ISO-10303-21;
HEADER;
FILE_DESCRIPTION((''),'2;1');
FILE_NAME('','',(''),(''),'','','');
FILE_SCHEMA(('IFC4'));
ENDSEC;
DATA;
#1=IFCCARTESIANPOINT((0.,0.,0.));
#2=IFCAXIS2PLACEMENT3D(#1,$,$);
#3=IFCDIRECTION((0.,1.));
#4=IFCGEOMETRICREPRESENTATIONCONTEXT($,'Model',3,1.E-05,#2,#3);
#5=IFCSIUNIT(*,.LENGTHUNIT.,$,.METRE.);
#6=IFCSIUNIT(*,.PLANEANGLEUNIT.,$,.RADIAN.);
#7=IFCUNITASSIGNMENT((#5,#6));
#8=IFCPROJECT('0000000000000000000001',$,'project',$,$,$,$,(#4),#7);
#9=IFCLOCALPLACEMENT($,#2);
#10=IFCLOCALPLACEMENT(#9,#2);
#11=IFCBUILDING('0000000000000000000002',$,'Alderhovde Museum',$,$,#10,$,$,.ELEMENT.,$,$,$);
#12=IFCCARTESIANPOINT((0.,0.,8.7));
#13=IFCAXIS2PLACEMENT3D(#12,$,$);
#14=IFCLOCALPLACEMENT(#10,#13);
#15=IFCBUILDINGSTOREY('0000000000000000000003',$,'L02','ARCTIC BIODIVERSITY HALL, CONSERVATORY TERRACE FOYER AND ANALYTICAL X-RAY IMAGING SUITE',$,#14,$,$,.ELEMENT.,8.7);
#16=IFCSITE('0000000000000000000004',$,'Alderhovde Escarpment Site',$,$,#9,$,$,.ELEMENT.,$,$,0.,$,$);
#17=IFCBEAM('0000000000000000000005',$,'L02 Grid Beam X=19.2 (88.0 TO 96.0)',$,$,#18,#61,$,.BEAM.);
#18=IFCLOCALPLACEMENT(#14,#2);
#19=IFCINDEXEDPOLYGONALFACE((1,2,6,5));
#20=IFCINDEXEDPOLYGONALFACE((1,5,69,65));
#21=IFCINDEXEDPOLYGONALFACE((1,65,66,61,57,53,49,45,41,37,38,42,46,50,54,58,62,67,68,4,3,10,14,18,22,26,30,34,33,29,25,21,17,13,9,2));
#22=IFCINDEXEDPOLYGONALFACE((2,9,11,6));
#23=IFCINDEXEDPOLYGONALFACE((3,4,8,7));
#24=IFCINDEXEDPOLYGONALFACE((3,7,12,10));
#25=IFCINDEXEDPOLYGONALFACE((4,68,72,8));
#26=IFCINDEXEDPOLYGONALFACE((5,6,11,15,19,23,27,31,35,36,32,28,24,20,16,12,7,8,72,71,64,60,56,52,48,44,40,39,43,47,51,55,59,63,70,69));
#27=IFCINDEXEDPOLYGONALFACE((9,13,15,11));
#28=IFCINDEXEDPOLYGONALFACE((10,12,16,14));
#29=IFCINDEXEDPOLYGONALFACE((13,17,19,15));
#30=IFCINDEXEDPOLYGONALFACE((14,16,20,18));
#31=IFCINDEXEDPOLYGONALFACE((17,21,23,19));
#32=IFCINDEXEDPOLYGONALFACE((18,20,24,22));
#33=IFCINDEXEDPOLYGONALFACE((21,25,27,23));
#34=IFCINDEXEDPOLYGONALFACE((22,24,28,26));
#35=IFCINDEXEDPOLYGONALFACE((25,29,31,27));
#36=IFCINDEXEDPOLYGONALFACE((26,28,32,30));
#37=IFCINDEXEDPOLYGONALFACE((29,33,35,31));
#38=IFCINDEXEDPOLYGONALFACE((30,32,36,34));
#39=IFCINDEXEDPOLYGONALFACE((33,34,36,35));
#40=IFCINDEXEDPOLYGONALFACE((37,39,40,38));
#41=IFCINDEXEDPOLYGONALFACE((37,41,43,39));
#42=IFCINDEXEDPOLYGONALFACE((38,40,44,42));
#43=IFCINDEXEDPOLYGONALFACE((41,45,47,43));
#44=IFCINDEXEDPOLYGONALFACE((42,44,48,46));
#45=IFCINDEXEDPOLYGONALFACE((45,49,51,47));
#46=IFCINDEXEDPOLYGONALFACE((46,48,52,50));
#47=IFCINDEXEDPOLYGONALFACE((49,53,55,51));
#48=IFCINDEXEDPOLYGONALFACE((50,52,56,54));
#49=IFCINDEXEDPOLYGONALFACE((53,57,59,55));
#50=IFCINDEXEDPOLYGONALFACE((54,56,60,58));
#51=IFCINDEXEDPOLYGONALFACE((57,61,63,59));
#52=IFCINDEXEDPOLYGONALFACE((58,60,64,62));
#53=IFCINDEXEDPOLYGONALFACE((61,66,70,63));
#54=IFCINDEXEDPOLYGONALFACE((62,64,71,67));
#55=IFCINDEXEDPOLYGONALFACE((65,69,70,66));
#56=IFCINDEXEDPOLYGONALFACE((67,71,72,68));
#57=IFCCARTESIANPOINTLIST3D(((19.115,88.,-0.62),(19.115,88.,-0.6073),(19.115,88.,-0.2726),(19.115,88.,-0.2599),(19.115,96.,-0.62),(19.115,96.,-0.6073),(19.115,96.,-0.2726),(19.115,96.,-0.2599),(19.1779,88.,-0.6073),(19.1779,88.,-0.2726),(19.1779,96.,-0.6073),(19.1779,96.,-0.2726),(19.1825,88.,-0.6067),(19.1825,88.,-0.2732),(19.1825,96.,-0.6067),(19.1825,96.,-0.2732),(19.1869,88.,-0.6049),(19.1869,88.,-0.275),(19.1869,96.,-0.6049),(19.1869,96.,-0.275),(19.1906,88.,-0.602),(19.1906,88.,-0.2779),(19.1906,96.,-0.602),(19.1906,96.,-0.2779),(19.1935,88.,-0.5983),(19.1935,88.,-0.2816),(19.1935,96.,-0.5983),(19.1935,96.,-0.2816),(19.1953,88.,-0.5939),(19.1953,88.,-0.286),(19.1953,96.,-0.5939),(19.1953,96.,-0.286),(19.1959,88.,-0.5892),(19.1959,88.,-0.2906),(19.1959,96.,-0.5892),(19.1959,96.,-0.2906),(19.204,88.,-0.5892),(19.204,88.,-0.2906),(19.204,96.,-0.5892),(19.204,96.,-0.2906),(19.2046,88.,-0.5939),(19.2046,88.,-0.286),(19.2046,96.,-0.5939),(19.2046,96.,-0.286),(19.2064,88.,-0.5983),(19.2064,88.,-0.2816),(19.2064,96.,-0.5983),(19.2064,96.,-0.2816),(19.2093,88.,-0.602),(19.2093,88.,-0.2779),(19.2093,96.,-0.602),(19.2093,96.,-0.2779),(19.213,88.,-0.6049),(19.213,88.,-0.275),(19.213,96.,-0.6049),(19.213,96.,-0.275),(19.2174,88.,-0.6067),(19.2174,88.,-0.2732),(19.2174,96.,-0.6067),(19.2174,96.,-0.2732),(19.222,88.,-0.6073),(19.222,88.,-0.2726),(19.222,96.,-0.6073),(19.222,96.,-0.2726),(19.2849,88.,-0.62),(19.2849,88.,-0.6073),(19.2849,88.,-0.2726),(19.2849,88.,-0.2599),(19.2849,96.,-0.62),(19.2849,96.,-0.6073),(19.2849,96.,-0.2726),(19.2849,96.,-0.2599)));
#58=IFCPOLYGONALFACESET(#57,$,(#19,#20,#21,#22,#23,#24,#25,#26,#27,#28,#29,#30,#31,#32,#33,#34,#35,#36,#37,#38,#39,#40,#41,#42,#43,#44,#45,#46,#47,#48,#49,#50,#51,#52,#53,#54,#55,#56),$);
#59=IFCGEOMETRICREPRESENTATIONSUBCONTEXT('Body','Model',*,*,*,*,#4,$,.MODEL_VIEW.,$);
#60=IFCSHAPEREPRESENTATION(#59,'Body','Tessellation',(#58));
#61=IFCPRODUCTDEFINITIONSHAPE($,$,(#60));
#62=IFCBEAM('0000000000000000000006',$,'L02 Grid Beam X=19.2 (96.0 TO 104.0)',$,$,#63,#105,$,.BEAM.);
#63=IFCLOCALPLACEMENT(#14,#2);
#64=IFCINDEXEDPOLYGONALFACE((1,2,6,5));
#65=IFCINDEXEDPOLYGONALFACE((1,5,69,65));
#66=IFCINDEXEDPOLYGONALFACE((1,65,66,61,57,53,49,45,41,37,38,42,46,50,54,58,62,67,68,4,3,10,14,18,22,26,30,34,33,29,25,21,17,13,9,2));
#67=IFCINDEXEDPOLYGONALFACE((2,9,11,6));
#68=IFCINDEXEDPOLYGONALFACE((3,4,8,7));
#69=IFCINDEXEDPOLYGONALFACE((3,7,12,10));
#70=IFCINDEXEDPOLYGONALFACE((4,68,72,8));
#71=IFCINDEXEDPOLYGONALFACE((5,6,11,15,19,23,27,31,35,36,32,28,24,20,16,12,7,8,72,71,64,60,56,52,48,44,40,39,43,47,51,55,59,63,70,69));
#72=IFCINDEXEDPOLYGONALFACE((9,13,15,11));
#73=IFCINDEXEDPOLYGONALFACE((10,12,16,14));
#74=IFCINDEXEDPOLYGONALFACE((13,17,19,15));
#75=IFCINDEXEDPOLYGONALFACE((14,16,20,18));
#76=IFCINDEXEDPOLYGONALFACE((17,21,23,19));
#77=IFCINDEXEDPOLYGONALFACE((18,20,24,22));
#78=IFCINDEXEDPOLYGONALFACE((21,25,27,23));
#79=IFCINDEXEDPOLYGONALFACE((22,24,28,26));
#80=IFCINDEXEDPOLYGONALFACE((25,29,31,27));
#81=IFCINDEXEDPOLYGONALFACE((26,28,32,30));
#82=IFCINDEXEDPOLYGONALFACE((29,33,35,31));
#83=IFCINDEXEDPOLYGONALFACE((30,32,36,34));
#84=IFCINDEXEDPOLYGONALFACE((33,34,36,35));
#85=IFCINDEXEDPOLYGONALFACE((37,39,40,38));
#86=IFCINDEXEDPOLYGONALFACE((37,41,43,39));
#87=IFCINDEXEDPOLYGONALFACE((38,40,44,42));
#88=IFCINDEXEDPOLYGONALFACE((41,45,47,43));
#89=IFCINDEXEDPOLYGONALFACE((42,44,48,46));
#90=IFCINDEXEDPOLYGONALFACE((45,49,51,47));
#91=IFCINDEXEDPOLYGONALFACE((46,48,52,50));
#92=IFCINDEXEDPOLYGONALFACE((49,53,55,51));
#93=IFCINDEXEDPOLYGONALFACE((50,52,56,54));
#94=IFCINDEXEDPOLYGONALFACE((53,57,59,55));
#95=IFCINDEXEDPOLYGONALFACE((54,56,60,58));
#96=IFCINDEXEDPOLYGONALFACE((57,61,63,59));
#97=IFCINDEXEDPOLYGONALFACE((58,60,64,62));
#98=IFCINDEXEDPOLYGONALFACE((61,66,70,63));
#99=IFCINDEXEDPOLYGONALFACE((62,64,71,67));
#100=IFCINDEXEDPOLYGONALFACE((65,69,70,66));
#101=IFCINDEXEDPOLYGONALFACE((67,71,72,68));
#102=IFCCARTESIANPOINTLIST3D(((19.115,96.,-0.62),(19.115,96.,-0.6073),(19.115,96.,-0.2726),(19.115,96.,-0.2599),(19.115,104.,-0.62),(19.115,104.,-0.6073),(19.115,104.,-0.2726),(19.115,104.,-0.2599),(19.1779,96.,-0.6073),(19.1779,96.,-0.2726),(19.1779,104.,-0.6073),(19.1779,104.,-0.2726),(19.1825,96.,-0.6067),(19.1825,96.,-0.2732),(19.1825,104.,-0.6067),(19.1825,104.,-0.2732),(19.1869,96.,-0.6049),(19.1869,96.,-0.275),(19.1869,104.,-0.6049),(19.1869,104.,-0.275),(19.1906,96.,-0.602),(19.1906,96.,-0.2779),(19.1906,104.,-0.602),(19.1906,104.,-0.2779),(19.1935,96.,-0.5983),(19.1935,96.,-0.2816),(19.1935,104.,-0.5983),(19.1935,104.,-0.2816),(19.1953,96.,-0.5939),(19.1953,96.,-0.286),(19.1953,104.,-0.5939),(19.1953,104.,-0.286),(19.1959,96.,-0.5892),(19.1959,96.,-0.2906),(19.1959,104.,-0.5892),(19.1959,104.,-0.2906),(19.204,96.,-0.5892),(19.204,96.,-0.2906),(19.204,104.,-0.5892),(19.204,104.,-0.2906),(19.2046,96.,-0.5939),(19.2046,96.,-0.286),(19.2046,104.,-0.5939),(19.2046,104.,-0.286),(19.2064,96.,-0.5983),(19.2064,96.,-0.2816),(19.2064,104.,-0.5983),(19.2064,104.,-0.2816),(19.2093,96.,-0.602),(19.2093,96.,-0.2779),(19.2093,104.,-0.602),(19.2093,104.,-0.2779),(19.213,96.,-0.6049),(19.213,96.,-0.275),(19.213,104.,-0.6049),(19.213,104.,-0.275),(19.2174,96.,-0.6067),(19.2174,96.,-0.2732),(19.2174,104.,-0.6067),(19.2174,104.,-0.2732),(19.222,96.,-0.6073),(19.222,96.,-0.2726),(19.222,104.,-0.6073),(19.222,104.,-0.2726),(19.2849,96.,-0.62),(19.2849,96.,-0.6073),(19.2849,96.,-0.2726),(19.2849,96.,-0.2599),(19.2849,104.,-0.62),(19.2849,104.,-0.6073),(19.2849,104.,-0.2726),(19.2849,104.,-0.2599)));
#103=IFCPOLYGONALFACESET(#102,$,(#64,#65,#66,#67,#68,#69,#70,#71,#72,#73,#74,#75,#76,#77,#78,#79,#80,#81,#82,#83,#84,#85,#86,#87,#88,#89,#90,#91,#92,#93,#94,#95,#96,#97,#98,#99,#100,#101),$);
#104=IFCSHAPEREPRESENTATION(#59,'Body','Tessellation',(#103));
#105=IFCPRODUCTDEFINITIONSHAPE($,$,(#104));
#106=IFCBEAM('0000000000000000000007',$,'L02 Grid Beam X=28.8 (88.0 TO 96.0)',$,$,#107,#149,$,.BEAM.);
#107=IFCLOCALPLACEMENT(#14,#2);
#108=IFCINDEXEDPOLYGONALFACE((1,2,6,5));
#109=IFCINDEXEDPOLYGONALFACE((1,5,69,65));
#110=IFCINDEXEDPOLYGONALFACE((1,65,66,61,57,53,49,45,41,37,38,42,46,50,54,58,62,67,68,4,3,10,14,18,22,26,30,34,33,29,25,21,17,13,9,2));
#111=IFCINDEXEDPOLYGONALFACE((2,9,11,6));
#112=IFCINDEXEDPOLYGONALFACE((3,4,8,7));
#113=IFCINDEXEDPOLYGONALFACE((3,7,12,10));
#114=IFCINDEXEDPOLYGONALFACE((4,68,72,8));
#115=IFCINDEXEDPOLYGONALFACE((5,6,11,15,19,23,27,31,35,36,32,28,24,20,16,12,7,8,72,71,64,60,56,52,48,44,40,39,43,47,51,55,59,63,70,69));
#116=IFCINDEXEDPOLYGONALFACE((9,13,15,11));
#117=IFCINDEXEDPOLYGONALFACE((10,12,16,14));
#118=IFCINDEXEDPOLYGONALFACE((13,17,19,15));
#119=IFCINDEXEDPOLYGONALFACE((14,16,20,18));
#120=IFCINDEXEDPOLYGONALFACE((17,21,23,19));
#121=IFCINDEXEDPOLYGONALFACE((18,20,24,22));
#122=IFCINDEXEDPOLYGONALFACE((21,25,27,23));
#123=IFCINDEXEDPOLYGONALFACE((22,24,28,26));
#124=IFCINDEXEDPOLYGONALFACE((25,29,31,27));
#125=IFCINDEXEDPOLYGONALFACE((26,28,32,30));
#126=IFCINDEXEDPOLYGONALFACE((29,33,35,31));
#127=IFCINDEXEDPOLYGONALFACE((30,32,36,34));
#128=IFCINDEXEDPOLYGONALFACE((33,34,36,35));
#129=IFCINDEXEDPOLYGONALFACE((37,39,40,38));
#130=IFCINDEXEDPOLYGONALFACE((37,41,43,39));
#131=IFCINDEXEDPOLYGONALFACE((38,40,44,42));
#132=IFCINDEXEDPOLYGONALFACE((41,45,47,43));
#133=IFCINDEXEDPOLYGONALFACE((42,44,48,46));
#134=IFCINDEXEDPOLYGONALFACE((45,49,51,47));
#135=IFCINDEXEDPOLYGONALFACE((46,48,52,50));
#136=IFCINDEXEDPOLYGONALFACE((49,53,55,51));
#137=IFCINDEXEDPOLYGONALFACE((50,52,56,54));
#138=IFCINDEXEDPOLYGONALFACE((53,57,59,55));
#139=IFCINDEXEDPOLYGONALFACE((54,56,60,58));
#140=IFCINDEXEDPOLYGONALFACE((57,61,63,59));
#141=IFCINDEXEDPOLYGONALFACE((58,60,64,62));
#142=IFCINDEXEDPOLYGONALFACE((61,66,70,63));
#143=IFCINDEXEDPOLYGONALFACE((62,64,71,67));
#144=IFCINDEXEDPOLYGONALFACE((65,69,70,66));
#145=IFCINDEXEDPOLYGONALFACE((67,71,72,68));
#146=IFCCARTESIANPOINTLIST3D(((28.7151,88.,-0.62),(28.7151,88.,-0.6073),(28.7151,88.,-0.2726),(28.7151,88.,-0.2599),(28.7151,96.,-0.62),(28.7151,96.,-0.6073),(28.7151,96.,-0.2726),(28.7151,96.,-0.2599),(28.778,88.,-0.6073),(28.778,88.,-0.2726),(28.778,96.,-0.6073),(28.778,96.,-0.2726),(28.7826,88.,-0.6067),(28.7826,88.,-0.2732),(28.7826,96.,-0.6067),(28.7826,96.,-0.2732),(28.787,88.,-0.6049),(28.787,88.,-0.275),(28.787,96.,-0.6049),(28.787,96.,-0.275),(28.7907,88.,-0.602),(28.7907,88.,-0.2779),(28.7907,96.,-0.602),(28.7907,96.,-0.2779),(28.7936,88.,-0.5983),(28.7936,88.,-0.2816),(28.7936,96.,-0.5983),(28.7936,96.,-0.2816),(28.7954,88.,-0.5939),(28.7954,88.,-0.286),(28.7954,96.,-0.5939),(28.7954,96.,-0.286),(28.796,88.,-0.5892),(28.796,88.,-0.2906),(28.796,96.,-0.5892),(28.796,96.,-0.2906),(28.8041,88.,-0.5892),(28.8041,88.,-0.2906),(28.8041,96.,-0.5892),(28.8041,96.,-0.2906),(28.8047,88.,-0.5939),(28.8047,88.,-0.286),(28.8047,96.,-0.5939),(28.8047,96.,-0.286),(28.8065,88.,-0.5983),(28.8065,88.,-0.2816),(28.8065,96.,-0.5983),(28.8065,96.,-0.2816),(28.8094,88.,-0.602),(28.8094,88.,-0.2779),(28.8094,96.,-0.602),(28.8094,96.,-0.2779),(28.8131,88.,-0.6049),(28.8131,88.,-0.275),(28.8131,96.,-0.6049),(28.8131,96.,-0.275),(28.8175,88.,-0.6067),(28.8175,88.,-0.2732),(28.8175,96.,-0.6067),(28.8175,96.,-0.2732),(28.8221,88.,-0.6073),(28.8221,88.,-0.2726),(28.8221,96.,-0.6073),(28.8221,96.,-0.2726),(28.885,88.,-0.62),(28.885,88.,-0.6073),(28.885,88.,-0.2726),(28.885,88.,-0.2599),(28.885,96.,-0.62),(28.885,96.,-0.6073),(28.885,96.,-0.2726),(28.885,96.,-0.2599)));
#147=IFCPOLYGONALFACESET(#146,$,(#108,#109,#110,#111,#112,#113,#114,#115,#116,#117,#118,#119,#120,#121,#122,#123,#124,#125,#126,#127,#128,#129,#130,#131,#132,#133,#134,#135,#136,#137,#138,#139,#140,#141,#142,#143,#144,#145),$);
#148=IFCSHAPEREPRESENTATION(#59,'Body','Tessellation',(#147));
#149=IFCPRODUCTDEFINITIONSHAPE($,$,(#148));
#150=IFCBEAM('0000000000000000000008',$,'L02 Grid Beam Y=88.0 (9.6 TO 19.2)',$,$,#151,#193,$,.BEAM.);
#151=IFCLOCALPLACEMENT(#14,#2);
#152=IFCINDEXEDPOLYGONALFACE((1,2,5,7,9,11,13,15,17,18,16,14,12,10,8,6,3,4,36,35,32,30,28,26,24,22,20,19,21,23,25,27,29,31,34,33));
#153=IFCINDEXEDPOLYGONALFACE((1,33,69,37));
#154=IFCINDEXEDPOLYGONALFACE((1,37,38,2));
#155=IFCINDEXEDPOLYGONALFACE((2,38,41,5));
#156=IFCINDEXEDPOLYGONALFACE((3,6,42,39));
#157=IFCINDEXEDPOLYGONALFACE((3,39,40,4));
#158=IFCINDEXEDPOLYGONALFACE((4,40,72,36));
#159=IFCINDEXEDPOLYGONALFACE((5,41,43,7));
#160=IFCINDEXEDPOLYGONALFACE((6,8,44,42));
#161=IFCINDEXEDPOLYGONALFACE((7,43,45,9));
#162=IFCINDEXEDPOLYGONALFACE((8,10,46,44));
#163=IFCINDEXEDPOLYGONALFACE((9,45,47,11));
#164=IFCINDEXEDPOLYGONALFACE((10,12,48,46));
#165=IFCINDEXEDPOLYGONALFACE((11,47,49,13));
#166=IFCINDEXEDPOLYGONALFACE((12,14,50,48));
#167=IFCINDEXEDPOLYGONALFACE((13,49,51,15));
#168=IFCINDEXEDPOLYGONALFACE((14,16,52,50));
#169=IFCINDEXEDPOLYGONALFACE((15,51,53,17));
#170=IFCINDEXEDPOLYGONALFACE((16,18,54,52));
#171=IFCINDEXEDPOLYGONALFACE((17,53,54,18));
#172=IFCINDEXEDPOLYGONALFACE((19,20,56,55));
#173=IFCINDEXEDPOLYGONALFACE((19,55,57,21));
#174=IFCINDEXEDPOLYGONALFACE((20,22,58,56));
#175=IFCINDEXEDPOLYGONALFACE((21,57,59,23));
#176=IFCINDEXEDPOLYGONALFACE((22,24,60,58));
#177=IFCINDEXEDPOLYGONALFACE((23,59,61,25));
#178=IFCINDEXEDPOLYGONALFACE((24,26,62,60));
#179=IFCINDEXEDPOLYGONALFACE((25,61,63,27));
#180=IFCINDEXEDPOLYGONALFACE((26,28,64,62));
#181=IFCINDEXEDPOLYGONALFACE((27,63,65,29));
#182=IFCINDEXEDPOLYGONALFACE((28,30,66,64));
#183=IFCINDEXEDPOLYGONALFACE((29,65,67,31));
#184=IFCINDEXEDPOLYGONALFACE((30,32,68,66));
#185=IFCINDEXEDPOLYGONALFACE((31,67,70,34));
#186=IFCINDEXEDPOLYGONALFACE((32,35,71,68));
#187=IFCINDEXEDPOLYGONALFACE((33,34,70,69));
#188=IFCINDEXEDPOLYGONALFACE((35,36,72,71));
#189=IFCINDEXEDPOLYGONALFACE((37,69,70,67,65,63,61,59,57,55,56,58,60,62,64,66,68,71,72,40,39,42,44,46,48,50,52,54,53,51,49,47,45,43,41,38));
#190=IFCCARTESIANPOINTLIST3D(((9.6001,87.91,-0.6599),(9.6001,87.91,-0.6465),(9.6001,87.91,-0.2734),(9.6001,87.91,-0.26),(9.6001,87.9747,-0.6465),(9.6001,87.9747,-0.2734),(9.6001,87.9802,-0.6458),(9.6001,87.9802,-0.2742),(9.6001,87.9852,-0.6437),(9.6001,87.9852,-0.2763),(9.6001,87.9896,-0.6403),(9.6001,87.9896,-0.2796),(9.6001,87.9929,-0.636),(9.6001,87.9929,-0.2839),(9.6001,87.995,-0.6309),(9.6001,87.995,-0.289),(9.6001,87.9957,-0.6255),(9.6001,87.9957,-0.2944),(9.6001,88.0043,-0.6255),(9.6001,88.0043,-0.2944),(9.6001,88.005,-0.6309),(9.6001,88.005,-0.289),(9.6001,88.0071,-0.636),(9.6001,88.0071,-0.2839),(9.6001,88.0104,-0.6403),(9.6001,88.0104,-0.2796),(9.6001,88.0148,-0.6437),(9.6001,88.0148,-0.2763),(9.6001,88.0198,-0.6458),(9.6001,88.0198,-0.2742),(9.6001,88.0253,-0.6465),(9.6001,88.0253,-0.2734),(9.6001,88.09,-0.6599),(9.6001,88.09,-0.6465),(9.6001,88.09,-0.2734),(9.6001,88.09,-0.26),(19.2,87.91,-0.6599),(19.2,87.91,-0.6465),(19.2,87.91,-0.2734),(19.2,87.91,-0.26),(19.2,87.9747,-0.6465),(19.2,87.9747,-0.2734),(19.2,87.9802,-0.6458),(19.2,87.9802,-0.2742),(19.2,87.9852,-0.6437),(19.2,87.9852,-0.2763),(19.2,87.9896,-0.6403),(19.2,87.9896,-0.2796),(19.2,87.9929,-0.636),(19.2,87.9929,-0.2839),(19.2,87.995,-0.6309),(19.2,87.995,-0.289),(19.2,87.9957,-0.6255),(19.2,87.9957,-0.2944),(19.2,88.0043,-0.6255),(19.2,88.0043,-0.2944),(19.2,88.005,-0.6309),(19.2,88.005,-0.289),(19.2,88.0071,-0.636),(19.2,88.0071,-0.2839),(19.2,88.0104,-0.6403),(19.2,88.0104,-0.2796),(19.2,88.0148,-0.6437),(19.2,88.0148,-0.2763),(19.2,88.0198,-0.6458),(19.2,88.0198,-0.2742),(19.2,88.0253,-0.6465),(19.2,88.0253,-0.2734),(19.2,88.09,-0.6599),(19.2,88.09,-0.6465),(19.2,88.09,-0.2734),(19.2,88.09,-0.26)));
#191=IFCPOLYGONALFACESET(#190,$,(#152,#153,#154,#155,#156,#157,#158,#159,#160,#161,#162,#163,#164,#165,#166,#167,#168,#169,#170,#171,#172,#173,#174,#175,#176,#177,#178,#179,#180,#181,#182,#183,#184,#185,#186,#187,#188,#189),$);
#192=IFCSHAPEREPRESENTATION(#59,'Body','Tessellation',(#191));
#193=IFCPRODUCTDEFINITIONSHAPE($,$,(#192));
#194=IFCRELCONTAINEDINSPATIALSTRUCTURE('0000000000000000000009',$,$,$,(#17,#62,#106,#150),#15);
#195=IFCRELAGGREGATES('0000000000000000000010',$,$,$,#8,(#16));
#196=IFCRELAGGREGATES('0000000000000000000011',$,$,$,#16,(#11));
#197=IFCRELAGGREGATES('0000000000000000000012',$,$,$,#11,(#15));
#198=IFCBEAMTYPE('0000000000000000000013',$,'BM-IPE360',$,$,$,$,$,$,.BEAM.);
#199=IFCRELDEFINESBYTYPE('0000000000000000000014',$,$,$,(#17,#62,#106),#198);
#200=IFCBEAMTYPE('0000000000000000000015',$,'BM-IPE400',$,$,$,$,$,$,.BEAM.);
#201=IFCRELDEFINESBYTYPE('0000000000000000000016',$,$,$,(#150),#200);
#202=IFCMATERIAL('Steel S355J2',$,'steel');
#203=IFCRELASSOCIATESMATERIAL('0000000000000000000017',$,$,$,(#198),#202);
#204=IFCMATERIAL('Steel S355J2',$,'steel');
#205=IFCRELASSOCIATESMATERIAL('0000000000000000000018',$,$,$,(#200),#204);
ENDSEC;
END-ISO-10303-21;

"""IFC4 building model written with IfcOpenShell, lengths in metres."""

from ifc_helpers import new_model, si_unit, direction, frame, origin, origin_2d, place, context, subcontext, project, spatial, i_section, extrude, material, material_profile, profile_set, type_object, element, save


model = new_model("IFC4")

# Units and contexts
model_context = context("Model", 3, precision=1e-05, world=origin(), true_north=direction((0.0, 1.0)))
body_context = subcontext(model_context, "Body", "Model", "MODEL_VIEW")
ifc_project = project(units=[si_unit("LENGTHUNIT", "METRE"), si_unit("PLANEANGLEUNIT", "RADIAN")], contexts=[model_context])

# Site, building, storey
site_placement = place(None, origin())
site = spatial("IfcSite", under=ifc_project, at=site_placement, Name="Alderhovde Escarpment Site", CompositionType="ELEMENT", RefElevation=0.0)
building_placement = place(site_placement, origin())
building = spatial("IfcBuilding", under=site, at=building_placement, Name="Alderhovde Museum", CompositionType="ELEMENT")
storey_placement = place(building_placement, frame((0.0, 0.0, 8.7)))
storey = spatial("IfcBuildingStorey", under=building, at=storey_placement, Name="L02", Description="ARCTIC BIODIVERSITY HALL, CONSERVATORY TERRACE FOYER AND ANALYTICAL X-RAY IMAGING SUITE", CompositionType="ELEMENT", Elevation=8.7)

# Beams
ifc_material_1 = material(Name="Steel S355J2", Category="steel")
ifc_material_profile_1 = material_profile(ifc_material_1, i_section(OverallWidth=0.1699, OverallDepth=0.3601, WebThickness=0.0081, FlangeThickness=0.0127, FilletRadius=0.0181, at=origin_2d()), Name="IPE 360")
ifc_profile_set_1 = profile_set([ifc_material_profile_1], Name="Steel S355J2")
beam_type_1 = type_object("IfcBeamType", Name="BM-IPE360", PredefinedType="BEAM", material=ifc_profile_set_1)
for number, where, z_axis, x_axis, name in (
    (1, (19.2, 88.0, -0.4399), (0.0, 1.0, 0.0), (-1.0, 0.0, 0.0), "L02 Grid Beam X=19.2 (88.0 TO 96.0)"),
    (2, (19.2, 96.0, -0.4399), (0.0, 1.0, 0.0), (-1.0, 0.0, 0.0), "L02 Grid Beam X=19.2 (96.0 TO 104.0)"),
    (3, (28.8, 88.0, -0.4399), (0.0, 1.0, 0.0), (-1.0, 0.0, 0.0), "L02 Grid Beam X=28.8 (88.0 TO 96.0)"),
):
    element("IfcBeam", number, at=place(storey_placement, frame(where, z_axis=z_axis, x_axis=x_axis)), inside=storey, type_object=beam_type_1, Name=name, PredefinedType="BEAM", context=body_context, shape_type="SweptSolid", body=[
        extrude(i_section(OverallWidth=0.1699, OverallDepth=0.3601, WebThickness=0.0081, FlangeThickness=0.0127, FilletRadius=0.0181, at=origin_2d()), origin(), (0.0, 0.0, 1.0), 8.0),
    ])
ifc_material_2 = material(Name="Steel S355J2", Category="steel")
ifc_material_profile_2 = material_profile(ifc_material_2, i_section(OverallWidth=0.1799, OverallDepth=0.3999, WebThickness=0.0085, FlangeThickness=0.0134, FilletRadius=0.021, at=origin_2d()), Name="IPE 400")
ifc_profile_set_2 = profile_set([ifc_material_profile_2], Name="Steel S355J2")
beam_type_2 = type_object("IfcBeamType", Name="BM-IPE400", PredefinedType="BEAM", material=ifc_profile_set_2)
beam_1_placement = place(storey_placement, frame((9.6001, 88.0, -0.46), z_axis=(1.0, 0.0, 0.0), x_axis=(0.0, 1.0, 0.0)))
element("IfcBeam", 4, at=beam_1_placement, inside=storey, type_object=beam_type_2, Name="L02 Grid Beam Y=88.0 (9.6 TO 19.2)", PredefinedType="BEAM", context=body_context, shape_type="SweptSolid", body=[
    extrude(i_section(OverallWidth=0.1799, OverallDepth=0.3999, WebThickness=0.0085, FlangeThickness=0.0134, FilletRadius=0.021, at=origin_2d()), origin(), (0.0, 0.0, 1.0), 9.5999),
])

save(model, "model.ifc")
